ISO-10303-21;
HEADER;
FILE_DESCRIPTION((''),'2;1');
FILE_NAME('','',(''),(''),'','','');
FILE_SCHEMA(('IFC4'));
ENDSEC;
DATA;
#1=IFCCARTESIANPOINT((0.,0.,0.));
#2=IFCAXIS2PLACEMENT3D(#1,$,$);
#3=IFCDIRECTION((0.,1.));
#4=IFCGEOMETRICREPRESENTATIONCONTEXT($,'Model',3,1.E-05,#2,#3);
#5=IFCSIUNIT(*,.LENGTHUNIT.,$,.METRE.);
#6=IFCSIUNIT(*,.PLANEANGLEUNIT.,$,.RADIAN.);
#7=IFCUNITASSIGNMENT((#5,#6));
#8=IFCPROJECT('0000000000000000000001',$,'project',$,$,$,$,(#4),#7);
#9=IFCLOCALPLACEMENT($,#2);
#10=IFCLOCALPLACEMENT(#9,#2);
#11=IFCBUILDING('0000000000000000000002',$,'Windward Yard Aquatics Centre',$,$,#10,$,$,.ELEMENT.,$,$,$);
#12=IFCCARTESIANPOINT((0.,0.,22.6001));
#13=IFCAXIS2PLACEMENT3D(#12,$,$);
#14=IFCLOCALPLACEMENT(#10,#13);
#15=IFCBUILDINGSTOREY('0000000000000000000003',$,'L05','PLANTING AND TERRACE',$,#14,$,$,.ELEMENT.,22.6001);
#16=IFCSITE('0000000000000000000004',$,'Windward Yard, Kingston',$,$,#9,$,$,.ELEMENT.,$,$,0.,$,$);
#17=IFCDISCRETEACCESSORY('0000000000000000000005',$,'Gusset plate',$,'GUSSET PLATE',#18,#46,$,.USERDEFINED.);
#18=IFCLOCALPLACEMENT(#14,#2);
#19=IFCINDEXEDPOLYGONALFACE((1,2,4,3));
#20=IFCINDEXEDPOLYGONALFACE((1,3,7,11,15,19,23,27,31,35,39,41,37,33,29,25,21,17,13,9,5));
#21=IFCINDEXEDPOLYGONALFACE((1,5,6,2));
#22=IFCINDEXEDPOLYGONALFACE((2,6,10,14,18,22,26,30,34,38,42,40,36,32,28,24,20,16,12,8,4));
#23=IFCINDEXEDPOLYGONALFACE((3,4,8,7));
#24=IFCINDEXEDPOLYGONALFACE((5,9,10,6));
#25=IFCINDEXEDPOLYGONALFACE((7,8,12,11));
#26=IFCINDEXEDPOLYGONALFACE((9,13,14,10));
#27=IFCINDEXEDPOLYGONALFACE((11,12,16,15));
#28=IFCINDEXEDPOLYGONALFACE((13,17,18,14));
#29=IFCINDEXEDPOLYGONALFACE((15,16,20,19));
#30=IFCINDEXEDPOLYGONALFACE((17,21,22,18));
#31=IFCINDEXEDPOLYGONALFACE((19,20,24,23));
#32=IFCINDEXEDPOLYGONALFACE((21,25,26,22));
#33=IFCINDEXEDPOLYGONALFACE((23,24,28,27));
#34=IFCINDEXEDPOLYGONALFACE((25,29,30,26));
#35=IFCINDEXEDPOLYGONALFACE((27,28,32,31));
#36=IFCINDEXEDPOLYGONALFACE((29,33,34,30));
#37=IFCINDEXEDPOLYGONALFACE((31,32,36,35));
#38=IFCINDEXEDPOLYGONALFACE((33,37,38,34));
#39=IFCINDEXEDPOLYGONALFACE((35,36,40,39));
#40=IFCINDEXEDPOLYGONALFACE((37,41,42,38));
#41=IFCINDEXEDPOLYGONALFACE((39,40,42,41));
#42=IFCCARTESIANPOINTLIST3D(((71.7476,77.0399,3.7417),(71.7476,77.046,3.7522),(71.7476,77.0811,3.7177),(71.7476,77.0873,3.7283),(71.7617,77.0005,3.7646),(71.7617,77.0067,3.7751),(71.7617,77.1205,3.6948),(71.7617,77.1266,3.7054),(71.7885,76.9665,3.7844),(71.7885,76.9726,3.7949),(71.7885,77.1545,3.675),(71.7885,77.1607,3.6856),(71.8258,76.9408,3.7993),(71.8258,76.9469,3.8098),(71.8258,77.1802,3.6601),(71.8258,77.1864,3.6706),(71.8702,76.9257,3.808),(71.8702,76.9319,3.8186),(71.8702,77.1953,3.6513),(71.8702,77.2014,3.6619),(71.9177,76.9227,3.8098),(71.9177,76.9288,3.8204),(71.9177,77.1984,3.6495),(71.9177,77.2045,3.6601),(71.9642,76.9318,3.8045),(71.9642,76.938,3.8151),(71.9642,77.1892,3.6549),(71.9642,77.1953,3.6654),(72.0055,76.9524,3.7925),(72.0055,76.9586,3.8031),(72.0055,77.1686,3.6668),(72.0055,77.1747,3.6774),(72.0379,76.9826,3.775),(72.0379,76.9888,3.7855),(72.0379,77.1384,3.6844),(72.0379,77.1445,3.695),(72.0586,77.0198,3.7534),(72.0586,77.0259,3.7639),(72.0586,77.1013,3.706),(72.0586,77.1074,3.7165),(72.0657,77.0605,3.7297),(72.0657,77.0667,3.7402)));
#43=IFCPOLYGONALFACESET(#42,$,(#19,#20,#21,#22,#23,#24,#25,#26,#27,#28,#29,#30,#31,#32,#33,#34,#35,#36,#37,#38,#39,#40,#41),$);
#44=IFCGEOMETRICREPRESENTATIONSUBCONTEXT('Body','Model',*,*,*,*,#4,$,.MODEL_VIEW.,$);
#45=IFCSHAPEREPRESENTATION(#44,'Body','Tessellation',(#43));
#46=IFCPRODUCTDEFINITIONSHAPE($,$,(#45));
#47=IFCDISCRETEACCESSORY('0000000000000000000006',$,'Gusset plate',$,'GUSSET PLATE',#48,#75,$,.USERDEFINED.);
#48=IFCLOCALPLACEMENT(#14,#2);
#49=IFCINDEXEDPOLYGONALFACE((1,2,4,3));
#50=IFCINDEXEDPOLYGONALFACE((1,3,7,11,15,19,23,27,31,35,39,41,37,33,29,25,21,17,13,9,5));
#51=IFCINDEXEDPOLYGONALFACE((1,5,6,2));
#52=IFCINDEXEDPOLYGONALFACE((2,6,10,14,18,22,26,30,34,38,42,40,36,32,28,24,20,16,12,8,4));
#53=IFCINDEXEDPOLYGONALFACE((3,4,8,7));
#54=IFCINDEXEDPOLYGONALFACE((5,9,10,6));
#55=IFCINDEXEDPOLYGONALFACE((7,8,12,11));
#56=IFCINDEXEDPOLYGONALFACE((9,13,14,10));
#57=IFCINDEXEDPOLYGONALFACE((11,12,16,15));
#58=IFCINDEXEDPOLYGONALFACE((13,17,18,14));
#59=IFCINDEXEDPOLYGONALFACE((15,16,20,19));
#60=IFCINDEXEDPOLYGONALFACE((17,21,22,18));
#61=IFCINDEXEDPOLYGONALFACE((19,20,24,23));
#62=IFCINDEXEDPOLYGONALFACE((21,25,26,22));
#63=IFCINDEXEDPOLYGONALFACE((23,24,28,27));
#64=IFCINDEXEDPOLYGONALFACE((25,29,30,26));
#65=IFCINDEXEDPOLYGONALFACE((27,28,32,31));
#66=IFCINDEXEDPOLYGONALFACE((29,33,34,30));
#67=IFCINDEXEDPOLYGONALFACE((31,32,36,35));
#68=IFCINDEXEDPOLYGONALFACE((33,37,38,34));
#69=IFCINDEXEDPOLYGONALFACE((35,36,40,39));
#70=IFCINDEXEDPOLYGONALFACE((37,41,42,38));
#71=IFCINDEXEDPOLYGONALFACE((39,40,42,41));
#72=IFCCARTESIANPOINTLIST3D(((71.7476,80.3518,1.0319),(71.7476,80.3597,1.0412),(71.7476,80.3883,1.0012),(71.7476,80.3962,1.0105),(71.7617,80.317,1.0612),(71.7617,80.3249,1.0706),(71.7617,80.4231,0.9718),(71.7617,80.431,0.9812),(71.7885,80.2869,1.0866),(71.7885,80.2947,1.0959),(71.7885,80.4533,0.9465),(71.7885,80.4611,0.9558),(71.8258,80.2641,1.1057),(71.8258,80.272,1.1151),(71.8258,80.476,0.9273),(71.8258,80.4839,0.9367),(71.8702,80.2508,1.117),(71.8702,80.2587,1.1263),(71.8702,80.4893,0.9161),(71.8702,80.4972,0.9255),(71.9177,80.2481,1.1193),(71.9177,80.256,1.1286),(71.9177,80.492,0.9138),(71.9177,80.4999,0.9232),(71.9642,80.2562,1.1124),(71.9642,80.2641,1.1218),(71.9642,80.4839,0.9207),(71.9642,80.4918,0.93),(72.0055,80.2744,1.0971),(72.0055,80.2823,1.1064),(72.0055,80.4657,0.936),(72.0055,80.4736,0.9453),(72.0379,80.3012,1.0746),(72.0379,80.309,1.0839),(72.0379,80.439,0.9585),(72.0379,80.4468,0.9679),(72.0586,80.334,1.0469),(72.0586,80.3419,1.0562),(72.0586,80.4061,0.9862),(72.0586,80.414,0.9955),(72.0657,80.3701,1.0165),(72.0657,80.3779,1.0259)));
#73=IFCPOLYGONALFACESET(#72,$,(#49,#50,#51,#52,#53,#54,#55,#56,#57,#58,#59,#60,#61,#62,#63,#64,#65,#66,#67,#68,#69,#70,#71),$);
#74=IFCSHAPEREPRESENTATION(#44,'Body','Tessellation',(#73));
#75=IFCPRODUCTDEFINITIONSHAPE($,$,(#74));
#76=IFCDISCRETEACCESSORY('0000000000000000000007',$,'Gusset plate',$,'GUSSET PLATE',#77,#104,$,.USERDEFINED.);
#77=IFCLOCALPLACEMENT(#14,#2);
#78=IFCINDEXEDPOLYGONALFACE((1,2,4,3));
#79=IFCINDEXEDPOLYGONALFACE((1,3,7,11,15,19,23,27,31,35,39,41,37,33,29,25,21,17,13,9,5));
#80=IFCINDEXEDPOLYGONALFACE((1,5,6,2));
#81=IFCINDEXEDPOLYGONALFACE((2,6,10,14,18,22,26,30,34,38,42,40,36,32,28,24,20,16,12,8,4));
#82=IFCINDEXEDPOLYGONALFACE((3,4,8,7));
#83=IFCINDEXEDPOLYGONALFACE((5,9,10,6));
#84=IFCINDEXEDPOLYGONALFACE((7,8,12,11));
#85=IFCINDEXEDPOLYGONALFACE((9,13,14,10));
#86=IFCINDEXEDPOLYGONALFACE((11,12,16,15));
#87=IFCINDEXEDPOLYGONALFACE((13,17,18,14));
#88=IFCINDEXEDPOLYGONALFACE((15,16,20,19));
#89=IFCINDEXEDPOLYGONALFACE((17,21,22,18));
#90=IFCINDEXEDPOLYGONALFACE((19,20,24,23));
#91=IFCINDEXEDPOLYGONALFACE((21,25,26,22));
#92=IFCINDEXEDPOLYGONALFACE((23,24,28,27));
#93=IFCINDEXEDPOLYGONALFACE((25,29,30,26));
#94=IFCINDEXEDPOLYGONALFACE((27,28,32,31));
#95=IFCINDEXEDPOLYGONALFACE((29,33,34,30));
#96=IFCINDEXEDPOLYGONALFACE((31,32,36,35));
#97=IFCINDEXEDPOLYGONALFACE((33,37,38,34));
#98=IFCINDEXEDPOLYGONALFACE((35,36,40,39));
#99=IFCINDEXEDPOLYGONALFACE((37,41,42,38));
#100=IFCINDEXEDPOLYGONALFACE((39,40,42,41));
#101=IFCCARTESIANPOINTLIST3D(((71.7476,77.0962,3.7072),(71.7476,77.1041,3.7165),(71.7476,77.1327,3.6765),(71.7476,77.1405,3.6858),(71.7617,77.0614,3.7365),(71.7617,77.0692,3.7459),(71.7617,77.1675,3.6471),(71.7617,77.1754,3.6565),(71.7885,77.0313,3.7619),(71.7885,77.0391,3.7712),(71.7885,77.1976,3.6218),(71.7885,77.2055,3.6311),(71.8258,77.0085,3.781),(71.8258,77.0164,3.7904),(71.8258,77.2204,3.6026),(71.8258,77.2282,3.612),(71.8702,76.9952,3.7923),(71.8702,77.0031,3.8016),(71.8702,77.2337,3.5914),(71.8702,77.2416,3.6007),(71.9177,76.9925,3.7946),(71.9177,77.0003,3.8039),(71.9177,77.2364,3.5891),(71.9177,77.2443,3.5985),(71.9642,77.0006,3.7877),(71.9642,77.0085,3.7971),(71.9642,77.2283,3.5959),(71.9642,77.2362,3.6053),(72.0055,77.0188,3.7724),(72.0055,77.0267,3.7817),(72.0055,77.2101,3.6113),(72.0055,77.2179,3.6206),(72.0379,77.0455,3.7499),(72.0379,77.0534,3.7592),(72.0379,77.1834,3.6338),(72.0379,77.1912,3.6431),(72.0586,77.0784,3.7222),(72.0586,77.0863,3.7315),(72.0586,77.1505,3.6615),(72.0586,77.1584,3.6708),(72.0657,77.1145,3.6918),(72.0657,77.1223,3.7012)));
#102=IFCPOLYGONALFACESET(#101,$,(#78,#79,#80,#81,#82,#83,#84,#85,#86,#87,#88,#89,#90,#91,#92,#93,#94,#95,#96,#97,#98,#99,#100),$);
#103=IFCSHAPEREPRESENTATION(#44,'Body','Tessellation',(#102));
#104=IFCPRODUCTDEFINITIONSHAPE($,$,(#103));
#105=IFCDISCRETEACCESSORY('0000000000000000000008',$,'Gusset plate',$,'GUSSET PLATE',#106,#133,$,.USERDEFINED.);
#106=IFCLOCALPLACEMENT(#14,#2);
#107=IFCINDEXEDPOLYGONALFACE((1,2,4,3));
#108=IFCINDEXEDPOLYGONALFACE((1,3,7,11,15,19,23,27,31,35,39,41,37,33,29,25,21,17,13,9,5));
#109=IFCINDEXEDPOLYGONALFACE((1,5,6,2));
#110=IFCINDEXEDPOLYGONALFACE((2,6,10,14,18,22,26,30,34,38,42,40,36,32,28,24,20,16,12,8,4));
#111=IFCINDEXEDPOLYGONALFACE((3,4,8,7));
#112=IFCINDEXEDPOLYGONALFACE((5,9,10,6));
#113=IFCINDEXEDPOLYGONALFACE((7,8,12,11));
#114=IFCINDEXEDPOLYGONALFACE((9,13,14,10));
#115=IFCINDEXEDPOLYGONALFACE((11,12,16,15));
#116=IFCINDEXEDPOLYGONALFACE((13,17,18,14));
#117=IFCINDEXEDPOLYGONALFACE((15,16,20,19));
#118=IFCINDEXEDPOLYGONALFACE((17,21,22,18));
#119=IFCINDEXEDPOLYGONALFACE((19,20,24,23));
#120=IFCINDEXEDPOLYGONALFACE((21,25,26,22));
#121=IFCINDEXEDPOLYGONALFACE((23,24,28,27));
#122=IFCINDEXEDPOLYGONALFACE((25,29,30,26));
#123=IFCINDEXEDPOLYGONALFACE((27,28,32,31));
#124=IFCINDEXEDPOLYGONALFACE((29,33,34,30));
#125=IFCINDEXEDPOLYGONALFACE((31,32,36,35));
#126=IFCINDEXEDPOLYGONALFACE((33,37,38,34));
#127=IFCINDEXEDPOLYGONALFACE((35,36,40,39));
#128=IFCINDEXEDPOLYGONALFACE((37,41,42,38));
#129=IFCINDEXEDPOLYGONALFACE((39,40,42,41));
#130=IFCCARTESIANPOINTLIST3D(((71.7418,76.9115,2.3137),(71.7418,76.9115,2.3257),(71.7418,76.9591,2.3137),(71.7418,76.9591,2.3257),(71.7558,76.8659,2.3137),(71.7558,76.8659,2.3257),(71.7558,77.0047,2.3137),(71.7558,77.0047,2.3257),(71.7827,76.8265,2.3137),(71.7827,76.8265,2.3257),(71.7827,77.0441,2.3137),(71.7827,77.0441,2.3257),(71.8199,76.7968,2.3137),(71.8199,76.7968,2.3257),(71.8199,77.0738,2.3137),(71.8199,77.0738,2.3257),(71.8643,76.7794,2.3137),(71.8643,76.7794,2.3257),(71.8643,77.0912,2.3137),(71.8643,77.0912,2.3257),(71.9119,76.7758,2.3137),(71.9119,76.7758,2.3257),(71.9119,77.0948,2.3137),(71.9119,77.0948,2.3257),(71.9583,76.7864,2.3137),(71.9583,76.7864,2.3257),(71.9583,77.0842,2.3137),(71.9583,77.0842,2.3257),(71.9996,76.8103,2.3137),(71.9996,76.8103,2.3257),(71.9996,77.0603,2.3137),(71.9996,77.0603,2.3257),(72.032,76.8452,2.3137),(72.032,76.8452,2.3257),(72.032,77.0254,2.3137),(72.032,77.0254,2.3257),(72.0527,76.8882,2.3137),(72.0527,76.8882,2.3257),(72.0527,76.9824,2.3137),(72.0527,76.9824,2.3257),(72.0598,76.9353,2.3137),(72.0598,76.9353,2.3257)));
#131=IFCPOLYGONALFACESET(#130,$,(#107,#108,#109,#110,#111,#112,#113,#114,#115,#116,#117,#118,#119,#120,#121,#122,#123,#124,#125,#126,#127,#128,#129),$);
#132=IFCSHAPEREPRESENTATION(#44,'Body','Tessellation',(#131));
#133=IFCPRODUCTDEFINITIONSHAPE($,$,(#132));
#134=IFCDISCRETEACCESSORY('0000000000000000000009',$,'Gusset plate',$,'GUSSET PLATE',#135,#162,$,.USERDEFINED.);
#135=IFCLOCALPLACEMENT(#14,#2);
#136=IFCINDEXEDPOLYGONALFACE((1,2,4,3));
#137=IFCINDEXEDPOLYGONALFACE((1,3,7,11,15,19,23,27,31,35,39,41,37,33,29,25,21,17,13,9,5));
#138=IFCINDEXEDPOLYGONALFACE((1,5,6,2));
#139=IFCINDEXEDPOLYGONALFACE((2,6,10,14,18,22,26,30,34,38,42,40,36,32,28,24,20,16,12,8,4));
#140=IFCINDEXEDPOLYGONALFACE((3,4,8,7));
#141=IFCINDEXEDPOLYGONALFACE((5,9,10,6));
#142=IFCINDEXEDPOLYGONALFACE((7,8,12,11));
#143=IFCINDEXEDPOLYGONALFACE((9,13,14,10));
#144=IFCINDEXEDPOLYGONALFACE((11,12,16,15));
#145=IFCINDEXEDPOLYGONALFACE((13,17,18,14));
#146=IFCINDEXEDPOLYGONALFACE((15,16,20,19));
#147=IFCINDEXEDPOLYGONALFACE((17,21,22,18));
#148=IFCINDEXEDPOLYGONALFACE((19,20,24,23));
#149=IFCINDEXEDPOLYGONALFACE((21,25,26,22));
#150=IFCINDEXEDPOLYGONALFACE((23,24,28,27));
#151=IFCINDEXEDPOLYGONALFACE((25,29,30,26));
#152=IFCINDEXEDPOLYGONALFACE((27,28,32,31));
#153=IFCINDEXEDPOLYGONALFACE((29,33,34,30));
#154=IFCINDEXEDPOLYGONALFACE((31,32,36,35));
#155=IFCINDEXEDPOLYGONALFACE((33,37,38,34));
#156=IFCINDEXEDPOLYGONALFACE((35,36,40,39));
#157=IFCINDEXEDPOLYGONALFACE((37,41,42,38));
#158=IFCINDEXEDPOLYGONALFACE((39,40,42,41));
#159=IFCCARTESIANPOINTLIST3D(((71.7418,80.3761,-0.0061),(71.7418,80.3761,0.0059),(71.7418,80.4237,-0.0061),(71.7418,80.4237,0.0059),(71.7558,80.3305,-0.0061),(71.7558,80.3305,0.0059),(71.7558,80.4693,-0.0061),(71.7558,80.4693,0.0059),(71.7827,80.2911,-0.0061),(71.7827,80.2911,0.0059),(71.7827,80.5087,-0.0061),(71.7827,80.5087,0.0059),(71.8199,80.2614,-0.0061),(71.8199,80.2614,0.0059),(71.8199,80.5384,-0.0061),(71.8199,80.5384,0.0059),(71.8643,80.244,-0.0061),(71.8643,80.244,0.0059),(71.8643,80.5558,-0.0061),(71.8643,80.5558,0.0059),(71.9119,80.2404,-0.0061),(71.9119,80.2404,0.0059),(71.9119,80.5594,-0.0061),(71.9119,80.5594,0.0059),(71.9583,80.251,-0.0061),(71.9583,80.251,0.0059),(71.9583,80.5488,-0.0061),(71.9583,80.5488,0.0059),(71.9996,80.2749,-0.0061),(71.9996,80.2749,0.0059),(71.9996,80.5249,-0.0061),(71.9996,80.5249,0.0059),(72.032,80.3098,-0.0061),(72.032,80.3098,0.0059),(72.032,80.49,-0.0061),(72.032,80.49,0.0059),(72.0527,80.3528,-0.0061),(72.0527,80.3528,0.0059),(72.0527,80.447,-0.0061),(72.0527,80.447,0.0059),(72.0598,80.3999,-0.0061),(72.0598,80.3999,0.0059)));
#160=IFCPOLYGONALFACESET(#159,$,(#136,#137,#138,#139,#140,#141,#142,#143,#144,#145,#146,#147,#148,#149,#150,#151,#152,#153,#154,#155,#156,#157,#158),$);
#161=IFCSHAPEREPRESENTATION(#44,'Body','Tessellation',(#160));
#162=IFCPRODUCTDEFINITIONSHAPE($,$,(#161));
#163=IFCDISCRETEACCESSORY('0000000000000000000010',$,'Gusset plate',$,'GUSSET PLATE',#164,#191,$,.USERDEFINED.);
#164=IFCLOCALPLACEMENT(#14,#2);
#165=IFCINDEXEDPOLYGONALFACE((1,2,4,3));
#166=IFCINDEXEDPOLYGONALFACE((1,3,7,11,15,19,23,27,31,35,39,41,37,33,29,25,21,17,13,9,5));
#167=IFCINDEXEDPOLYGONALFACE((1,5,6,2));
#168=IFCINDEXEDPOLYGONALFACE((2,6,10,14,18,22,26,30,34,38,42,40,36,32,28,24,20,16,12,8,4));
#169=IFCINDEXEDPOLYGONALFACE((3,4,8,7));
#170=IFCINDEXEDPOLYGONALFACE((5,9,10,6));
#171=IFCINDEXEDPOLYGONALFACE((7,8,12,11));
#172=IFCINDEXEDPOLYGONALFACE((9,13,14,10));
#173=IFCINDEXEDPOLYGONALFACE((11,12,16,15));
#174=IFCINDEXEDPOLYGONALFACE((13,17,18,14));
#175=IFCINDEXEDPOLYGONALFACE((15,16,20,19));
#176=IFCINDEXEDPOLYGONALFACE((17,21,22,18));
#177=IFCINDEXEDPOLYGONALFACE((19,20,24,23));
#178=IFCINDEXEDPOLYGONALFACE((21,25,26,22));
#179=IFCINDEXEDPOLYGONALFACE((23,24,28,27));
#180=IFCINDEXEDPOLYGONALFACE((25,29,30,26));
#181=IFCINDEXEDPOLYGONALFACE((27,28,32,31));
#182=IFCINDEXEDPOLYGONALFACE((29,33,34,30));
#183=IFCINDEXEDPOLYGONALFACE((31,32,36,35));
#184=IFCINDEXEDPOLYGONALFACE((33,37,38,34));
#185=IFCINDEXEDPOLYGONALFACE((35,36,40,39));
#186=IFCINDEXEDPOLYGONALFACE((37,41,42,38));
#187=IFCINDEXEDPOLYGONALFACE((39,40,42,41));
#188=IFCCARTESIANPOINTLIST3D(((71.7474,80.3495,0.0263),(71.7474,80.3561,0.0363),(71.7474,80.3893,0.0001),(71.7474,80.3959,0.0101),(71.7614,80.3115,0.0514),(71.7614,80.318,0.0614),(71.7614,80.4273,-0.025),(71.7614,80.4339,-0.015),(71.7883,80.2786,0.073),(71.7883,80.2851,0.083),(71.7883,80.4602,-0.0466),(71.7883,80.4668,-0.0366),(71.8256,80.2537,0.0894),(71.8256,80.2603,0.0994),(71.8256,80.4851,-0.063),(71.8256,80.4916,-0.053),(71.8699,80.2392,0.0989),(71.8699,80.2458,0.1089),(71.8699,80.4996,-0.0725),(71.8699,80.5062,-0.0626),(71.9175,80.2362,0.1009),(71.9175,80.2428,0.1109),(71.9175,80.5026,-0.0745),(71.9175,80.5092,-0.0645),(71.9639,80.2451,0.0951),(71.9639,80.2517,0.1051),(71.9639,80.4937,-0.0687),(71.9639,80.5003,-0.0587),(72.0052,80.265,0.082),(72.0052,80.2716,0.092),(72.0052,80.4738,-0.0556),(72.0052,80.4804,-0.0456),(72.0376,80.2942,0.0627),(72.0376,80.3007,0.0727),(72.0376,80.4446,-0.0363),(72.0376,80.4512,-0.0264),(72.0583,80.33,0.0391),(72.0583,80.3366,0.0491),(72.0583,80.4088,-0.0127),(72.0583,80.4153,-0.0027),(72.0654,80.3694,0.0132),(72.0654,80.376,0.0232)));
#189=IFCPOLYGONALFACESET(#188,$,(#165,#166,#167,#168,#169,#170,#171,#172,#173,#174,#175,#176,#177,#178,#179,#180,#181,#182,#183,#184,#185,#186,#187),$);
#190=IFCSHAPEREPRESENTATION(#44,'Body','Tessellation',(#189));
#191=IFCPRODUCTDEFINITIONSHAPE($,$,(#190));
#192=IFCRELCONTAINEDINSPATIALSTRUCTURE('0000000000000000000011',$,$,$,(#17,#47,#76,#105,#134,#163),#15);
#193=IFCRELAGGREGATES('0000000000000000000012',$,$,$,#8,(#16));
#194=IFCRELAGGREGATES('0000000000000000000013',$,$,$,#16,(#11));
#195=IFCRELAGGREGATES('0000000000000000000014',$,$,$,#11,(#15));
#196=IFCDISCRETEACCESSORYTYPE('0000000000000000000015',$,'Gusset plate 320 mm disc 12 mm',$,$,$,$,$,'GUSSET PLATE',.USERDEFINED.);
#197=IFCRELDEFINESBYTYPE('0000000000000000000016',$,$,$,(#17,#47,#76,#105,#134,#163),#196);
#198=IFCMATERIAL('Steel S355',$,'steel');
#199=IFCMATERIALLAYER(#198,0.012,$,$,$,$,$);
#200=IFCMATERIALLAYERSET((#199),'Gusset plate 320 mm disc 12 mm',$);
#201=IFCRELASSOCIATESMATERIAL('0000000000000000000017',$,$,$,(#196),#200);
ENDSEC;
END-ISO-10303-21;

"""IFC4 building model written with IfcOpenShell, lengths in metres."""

from ifc_helpers import new_model, si_unit, direction, frame, origin, origin_2d, place, context, subcontext, project, spatial, circle, extrude, material, layer, layer_set, type_object, element, save


model = new_model("IFC4")

# Units and contexts
model_context = context("Model", 3, precision=1e-05, world=origin(), true_north=direction((0.0, 1.0)))
body_context = subcontext(model_context, "Body", "Model", "MODEL_VIEW")
ifc_project = project(units=[si_unit("LENGTHUNIT", "METRE"), si_unit("PLANEANGLEUNIT", "RADIAN")], contexts=[model_context])

# Site, building, storey
site_placement = place(None, origin())
site = spatial("IfcSite", under=ifc_project, at=site_placement, Name="Windward Yard, Kingston", CompositionType="ELEMENT", RefElevation=0.0)
building_placement = place(site_placement, origin())
building = spatial("IfcBuilding", under=site, at=building_placement, Name="Windward Yard Aquatics Centre", CompositionType="ELEMENT")
storey_placement = place(building_placement, frame((0.0, 0.0, 22.6001)))
storey = spatial("IfcBuildingStorey", under=building, at=storey_placement, Name="L05", Description="PLANTING AND TERRACE", CompositionType="ELEMENT", Elevation=22.6001)

# Discrete accessories
ifc_material_1 = material(Name="Steel S355", Category="steel")
ifc_layer_1 = layer(ifc_material_1, 0.012)
ifc_layer_set_1 = layer_set([ifc_layer_1], Name="Gusset plate 320 mm disc 12 mm")
discrete_accessory_type = type_object("IfcDiscreteAccessoryType", Name="Gusset plate 320 mm disc 12 mm", ElementType="GUSSET PLATE", PredefinedType="USERDEFINED", material=ifc_layer_set_1)
for number, where, z_axis, x_axis, name in (
    (1, (71.9058, 77.0667, 3.7402), (0.0, -0.50262, -0.864507), (1.0, 0.0, 0.0), "Gusset plate"),
    (2, (71.9058, 80.3779, 1.0259), (0.0, -0.644136, -0.764911), (1.0, 0.0, 0.0), "Gusset plate"),
    (3, (71.9058, 77.1223, 3.7012), (0.0, -0.644136, -0.764911), (1.0, 0.0, 0.0), "Gusset plate"),
):
    element("IfcDiscreteAccessory", number, at=place(storey_placement, frame(where, z_axis=z_axis, x_axis=x_axis)), inside=storey, type_object=discrete_accessory_type, Name=name, ObjectType="GUSSET PLATE", PredefinedType="USERDEFINED", context=body_context, shape_type="SweptSolid", body=[
        extrude(circle(Radius=0.1599, at=origin_2d()), origin(), (0.0, 0.0, 1.0), 0.0122),
    ])
for number, where, z_axis, x_axis, name in (
    (4, (71.8999, 76.9353, 2.3137), (0.0, 0.0, 1.0), (1.0, 0.0, 0.0), "Gusset plate"),
    (5, (71.8999, 80.3999, -0.0061), (0.0, 0.0, 1.0), (1.0, 0.0, 0.0), "Gusset plate"),
    (6, (71.9055, 80.376, 0.0232), (0.0, -0.549991, -0.835171), (1.0, 0.0, 0.0), "Gusset plate"),
):
    element("IfcDiscreteAccessory", number, at=place(storey_placement, frame(where, z_axis=z_axis, x_axis=x_axis)), inside=storey, type_object=discrete_accessory_type, Name=name, ObjectType="GUSSET PLATE", PredefinedType="USERDEFINED", context=body_context, shape_type="SweptSolid", body=[
        extrude(circle(Radius=0.1599, at=origin_2d()), origin(), (0.0, 0.0, 1.0), 0.012),
    ])

save(model, "model.ifc")
